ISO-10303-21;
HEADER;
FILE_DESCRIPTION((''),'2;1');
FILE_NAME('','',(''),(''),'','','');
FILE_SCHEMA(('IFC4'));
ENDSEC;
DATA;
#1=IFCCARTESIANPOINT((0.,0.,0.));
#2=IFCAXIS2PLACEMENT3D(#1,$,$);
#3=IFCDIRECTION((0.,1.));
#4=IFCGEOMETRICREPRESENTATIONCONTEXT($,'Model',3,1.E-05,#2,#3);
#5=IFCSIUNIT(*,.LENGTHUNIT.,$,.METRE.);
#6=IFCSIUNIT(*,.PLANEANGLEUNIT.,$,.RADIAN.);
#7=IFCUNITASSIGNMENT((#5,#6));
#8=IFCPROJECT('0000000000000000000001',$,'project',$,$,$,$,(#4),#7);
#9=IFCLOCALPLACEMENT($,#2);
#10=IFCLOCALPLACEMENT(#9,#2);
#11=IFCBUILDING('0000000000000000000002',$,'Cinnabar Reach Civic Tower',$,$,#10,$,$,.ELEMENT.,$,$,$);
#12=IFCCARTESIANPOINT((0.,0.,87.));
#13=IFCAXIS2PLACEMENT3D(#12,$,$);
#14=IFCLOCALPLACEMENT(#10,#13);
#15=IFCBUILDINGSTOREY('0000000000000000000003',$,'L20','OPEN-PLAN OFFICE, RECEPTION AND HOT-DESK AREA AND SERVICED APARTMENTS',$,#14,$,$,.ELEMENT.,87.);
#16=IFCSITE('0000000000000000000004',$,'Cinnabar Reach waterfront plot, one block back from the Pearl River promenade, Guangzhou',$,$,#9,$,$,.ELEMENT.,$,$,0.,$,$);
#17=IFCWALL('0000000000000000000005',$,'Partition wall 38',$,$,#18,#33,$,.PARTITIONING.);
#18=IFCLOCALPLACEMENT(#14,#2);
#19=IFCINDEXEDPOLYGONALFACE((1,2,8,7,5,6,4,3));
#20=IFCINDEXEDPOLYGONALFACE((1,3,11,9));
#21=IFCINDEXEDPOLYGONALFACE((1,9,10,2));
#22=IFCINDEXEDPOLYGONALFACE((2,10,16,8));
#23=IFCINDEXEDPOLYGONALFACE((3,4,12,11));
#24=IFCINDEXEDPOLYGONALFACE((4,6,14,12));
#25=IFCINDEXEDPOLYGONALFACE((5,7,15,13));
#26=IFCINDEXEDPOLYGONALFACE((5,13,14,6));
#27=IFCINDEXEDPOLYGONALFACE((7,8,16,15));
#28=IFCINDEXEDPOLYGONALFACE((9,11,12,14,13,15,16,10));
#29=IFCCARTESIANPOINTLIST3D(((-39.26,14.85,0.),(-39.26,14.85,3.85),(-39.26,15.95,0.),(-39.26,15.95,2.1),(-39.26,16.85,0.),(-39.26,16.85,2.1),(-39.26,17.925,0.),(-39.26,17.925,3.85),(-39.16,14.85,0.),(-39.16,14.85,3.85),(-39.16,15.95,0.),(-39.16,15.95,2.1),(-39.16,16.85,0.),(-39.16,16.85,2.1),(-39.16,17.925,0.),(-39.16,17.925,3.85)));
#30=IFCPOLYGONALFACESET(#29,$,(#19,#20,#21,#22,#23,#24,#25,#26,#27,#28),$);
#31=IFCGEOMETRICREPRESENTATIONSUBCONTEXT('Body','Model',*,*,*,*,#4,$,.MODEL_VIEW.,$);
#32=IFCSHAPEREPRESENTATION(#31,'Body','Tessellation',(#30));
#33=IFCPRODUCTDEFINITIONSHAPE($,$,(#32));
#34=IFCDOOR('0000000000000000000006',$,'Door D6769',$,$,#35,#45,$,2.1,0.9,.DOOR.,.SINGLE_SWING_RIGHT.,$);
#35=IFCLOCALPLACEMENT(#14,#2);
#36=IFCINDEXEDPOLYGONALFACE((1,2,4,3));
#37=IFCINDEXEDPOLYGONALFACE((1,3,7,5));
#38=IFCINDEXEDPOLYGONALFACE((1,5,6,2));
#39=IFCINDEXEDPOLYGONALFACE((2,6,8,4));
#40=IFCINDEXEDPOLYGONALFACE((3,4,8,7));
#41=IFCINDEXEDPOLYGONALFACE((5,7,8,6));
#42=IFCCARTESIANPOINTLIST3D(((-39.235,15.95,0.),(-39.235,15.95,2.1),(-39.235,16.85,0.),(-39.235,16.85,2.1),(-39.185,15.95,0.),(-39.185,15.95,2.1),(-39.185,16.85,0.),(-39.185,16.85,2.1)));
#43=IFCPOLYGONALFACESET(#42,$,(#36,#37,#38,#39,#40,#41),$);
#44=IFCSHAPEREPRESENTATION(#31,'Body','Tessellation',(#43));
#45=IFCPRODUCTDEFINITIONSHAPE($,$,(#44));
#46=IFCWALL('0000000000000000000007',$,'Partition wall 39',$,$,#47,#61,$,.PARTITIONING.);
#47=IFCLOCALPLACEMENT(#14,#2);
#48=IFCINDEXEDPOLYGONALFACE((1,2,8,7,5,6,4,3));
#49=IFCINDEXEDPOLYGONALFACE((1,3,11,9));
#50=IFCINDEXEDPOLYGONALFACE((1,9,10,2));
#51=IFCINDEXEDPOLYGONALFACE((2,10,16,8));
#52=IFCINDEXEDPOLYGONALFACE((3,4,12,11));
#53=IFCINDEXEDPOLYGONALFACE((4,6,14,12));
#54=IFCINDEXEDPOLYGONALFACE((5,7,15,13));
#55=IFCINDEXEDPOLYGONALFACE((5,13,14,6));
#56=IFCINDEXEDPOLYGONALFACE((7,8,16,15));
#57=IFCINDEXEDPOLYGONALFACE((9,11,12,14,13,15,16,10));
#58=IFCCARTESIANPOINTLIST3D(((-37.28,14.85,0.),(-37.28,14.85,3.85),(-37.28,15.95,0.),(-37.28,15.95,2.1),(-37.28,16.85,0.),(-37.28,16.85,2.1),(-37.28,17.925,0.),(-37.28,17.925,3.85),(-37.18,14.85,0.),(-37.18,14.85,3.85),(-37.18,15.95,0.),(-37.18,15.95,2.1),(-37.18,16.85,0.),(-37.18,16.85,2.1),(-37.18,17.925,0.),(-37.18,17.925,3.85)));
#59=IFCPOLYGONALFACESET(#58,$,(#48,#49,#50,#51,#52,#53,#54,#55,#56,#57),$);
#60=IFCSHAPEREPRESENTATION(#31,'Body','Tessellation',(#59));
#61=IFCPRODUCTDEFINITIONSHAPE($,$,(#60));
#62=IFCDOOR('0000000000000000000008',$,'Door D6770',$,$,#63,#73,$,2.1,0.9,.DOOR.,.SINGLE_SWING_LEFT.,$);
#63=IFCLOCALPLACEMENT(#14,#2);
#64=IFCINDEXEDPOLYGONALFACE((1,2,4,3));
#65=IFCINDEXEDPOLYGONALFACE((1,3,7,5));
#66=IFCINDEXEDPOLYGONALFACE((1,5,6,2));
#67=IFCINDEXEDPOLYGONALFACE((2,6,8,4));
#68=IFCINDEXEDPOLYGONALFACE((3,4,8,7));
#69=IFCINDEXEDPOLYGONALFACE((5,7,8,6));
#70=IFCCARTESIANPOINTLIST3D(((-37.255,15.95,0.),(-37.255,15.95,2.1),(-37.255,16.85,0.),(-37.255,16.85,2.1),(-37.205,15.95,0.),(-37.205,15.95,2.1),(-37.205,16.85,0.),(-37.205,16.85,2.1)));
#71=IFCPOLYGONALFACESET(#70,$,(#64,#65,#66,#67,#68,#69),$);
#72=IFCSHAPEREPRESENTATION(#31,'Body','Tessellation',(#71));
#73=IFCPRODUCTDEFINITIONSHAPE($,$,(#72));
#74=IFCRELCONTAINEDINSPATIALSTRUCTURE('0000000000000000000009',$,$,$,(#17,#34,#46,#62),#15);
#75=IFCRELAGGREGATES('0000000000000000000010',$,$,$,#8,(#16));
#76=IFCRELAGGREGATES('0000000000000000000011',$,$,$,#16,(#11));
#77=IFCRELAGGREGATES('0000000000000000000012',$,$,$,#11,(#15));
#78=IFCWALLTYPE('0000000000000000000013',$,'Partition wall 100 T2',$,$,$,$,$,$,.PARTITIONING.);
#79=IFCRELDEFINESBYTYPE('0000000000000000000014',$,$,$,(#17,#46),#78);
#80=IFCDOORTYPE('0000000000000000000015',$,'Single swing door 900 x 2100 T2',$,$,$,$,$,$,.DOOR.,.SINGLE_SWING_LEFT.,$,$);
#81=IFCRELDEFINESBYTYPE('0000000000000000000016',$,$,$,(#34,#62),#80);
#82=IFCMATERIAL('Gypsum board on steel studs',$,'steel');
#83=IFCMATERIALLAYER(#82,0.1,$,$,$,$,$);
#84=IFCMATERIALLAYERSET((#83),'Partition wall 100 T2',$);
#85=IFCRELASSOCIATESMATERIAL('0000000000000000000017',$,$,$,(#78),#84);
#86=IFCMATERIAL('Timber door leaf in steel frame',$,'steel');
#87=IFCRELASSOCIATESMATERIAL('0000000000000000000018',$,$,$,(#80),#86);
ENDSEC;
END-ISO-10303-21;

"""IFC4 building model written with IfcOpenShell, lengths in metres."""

from ifc_helpers import new_model, si_unit, direction, frame, frame_2d, origin, place, context, subcontext, project, spatial, rectangle, extrude, material, layer, layer_set, type_object, element, fill, save


model = new_model("IFC4")

# Units and contexts
model_context = context("Model", 3, precision=1e-05, world=origin(), true_north=direction((0.0, 1.0)))
body_context = subcontext(model_context, "Body", "Model", "MODEL_VIEW")
ifc_project = project(units=[si_unit("LENGTHUNIT", "METRE"), si_unit("PLANEANGLEUNIT", "RADIAN")], contexts=[model_context])

# Site, building, storey
site_placement = place(None, origin())
site = spatial("IfcSite", under=ifc_project, at=site_placement, Name="Cinnabar Reach waterfront plot, one block back from the Pearl River promenade, Guangzhou", CompositionType="ELEMENT", RefElevation=0.0)
building_placement = place(site_placement, origin())
building = spatial("IfcBuilding", under=site, at=building_placement, Name="Cinnabar Reach Civic Tower", CompositionType="ELEMENT")
storey_placement = place(building_placement, frame((0.0, 0.0, 87.0)))
storey = spatial("IfcBuildingStorey", under=building, at=storey_placement, Name="L20", Description="OPEN-PLAN OFFICE, RECEPTION AND HOT-DESK AREA AND SERVICED APARTMENTS", CompositionType="ELEMENT", Elevation=87.0)

# Shared definitions
ifc_material_1 = material(Name="Gypsum board on steel studs", Category="steel")
ifc_layer_1 = layer(ifc_material_1, 0.1)
ifc_layer_set_1 = layer_set([ifc_layer_1], Name="Partition wall 100 T2")
wall_type_1 = type_object("IfcWallType", Name="Partition wall 100 T2", PredefinedType="PARTITIONING", material=ifc_layer_set_1)

# Walls, openings, doors
wall_1_placement = place(storey_placement, frame((-39.21, 14.85, 0.0), z_axis=(0.0, 0.0, 1.0), x_axis=(0.0, 1.0, 0.0)))
wall_1 = element("IfcWall", 1, at=wall_1_placement, inside=storey, type_object=wall_type_1, Name="Partition wall 38", PredefinedType="PARTITIONING", context=body_context, shape_type="SweptSolid", body=[
    extrude(rectangle(XDim=3.075, YDim=0.1, at=frame_2d((1.5375, 0.0))), origin(), (0.0, 0.0, 1.0), 3.85),
])
opening_1_placement = place(wall_1_placement, frame((1.1, 0.0, 0.0)))
opening_1 = element("IfcOpeningElement", 2, at=opening_1_placement, cuts=wall_1, PredefinedType="OPENING", context=body_context, shape_type="SweptSolid", body=[
    extrude(rectangle(XDim=0.9, YDim=2.1, at=frame_2d((0.45, 1.05))), frame((0.0, 0.06, 0.0), z_axis=(0.0, -1.0, 0.0), x_axis=(1.0, 0.0, 0.0)), (0.0, 0.0, 1.0), 0.12),
])
ifc_material_2 = material(Name="Timber door leaf in steel frame", Category="steel")
door_type = type_object("IfcDoorType", Name="Single swing door 900 x 2100 T2", OperationType="SINGLE_SWING_LEFT", PredefinedType="DOOR", material=ifc_material_2)
door_1_placement = place(opening_1_placement, origin())
door_1 = element("IfcDoor", 3, at=door_1_placement, inside=storey, type_object=door_type, Name="Door D6769", OperationType="SINGLE_SWING_RIGHT", OverallHeight=2.1, OverallWidth=0.9, PredefinedType="DOOR", context=body_context, shape_type="SweptSolid", body=[
    extrude(rectangle(XDim=0.9, YDim=2.1, at=frame_2d((0.45, 1.05))), frame((0.0, 0.025, 0.0), z_axis=(0.0, -1.0, 0.0), x_axis=(1.0, 0.0, 0.0)), (0.0, 0.0, 1.0), 0.05),
])
fill(opening_1, door_1)
wall_2_placement = place(storey_placement, frame((-37.23, 14.85, 0.0), z_axis=(0.0, 0.0, 1.0), x_axis=(0.0, 1.0, 0.0)))
wall_2 = element("IfcWall", 4, at=wall_2_placement, inside=storey, type_object=wall_type_1, Name="Partition wall 39", PredefinedType="PARTITIONING", context=body_context, shape_type="SweptSolid", body=[
    extrude(rectangle(XDim=3.075, YDim=0.1, at=frame_2d((1.5375, 0.0))), origin(), (0.0, 0.0, 1.0), 3.85),
])
opening_2_placement = place(wall_2_placement, frame((1.1, 0.0, 0.0)))
opening_2 = element("IfcOpeningElement", 5, at=opening_2_placement, cuts=wall_2, PredefinedType="OPENING", context=body_context, shape_type="SweptSolid", body=[
    extrude(rectangle(XDim=0.9, YDim=2.1, at=frame_2d((0.45, 1.05))), frame((0.0, 0.06, 0.0), z_axis=(0.0, -1.0, 0.0), x_axis=(1.0, 0.0, 0.0)), (0.0, 0.0, 1.0), 0.12),
])
door_2_placement = place(opening_2_placement, origin())
door_2 = element("IfcDoor", 6, at=door_2_placement, inside=storey, type_object=door_type, Name="Door D6770", OperationType="SINGLE_SWING_LEFT", OverallHeight=2.1, OverallWidth=0.9, PredefinedType="DOOR", context=body_context, shape_type="SweptSolid", body=[
    extrude(rectangle(XDim=0.9, YDim=2.1, at=frame_2d((0.45, 1.05))), frame((0.0, 0.025, 0.0), z_axis=(0.0, -1.0, 0.0), x_axis=(1.0, 0.0, 0.0)), (0.0, 0.0, 1.0), 0.05),
])
fill(opening_2, door_2)

save(model, "model.ifc")
